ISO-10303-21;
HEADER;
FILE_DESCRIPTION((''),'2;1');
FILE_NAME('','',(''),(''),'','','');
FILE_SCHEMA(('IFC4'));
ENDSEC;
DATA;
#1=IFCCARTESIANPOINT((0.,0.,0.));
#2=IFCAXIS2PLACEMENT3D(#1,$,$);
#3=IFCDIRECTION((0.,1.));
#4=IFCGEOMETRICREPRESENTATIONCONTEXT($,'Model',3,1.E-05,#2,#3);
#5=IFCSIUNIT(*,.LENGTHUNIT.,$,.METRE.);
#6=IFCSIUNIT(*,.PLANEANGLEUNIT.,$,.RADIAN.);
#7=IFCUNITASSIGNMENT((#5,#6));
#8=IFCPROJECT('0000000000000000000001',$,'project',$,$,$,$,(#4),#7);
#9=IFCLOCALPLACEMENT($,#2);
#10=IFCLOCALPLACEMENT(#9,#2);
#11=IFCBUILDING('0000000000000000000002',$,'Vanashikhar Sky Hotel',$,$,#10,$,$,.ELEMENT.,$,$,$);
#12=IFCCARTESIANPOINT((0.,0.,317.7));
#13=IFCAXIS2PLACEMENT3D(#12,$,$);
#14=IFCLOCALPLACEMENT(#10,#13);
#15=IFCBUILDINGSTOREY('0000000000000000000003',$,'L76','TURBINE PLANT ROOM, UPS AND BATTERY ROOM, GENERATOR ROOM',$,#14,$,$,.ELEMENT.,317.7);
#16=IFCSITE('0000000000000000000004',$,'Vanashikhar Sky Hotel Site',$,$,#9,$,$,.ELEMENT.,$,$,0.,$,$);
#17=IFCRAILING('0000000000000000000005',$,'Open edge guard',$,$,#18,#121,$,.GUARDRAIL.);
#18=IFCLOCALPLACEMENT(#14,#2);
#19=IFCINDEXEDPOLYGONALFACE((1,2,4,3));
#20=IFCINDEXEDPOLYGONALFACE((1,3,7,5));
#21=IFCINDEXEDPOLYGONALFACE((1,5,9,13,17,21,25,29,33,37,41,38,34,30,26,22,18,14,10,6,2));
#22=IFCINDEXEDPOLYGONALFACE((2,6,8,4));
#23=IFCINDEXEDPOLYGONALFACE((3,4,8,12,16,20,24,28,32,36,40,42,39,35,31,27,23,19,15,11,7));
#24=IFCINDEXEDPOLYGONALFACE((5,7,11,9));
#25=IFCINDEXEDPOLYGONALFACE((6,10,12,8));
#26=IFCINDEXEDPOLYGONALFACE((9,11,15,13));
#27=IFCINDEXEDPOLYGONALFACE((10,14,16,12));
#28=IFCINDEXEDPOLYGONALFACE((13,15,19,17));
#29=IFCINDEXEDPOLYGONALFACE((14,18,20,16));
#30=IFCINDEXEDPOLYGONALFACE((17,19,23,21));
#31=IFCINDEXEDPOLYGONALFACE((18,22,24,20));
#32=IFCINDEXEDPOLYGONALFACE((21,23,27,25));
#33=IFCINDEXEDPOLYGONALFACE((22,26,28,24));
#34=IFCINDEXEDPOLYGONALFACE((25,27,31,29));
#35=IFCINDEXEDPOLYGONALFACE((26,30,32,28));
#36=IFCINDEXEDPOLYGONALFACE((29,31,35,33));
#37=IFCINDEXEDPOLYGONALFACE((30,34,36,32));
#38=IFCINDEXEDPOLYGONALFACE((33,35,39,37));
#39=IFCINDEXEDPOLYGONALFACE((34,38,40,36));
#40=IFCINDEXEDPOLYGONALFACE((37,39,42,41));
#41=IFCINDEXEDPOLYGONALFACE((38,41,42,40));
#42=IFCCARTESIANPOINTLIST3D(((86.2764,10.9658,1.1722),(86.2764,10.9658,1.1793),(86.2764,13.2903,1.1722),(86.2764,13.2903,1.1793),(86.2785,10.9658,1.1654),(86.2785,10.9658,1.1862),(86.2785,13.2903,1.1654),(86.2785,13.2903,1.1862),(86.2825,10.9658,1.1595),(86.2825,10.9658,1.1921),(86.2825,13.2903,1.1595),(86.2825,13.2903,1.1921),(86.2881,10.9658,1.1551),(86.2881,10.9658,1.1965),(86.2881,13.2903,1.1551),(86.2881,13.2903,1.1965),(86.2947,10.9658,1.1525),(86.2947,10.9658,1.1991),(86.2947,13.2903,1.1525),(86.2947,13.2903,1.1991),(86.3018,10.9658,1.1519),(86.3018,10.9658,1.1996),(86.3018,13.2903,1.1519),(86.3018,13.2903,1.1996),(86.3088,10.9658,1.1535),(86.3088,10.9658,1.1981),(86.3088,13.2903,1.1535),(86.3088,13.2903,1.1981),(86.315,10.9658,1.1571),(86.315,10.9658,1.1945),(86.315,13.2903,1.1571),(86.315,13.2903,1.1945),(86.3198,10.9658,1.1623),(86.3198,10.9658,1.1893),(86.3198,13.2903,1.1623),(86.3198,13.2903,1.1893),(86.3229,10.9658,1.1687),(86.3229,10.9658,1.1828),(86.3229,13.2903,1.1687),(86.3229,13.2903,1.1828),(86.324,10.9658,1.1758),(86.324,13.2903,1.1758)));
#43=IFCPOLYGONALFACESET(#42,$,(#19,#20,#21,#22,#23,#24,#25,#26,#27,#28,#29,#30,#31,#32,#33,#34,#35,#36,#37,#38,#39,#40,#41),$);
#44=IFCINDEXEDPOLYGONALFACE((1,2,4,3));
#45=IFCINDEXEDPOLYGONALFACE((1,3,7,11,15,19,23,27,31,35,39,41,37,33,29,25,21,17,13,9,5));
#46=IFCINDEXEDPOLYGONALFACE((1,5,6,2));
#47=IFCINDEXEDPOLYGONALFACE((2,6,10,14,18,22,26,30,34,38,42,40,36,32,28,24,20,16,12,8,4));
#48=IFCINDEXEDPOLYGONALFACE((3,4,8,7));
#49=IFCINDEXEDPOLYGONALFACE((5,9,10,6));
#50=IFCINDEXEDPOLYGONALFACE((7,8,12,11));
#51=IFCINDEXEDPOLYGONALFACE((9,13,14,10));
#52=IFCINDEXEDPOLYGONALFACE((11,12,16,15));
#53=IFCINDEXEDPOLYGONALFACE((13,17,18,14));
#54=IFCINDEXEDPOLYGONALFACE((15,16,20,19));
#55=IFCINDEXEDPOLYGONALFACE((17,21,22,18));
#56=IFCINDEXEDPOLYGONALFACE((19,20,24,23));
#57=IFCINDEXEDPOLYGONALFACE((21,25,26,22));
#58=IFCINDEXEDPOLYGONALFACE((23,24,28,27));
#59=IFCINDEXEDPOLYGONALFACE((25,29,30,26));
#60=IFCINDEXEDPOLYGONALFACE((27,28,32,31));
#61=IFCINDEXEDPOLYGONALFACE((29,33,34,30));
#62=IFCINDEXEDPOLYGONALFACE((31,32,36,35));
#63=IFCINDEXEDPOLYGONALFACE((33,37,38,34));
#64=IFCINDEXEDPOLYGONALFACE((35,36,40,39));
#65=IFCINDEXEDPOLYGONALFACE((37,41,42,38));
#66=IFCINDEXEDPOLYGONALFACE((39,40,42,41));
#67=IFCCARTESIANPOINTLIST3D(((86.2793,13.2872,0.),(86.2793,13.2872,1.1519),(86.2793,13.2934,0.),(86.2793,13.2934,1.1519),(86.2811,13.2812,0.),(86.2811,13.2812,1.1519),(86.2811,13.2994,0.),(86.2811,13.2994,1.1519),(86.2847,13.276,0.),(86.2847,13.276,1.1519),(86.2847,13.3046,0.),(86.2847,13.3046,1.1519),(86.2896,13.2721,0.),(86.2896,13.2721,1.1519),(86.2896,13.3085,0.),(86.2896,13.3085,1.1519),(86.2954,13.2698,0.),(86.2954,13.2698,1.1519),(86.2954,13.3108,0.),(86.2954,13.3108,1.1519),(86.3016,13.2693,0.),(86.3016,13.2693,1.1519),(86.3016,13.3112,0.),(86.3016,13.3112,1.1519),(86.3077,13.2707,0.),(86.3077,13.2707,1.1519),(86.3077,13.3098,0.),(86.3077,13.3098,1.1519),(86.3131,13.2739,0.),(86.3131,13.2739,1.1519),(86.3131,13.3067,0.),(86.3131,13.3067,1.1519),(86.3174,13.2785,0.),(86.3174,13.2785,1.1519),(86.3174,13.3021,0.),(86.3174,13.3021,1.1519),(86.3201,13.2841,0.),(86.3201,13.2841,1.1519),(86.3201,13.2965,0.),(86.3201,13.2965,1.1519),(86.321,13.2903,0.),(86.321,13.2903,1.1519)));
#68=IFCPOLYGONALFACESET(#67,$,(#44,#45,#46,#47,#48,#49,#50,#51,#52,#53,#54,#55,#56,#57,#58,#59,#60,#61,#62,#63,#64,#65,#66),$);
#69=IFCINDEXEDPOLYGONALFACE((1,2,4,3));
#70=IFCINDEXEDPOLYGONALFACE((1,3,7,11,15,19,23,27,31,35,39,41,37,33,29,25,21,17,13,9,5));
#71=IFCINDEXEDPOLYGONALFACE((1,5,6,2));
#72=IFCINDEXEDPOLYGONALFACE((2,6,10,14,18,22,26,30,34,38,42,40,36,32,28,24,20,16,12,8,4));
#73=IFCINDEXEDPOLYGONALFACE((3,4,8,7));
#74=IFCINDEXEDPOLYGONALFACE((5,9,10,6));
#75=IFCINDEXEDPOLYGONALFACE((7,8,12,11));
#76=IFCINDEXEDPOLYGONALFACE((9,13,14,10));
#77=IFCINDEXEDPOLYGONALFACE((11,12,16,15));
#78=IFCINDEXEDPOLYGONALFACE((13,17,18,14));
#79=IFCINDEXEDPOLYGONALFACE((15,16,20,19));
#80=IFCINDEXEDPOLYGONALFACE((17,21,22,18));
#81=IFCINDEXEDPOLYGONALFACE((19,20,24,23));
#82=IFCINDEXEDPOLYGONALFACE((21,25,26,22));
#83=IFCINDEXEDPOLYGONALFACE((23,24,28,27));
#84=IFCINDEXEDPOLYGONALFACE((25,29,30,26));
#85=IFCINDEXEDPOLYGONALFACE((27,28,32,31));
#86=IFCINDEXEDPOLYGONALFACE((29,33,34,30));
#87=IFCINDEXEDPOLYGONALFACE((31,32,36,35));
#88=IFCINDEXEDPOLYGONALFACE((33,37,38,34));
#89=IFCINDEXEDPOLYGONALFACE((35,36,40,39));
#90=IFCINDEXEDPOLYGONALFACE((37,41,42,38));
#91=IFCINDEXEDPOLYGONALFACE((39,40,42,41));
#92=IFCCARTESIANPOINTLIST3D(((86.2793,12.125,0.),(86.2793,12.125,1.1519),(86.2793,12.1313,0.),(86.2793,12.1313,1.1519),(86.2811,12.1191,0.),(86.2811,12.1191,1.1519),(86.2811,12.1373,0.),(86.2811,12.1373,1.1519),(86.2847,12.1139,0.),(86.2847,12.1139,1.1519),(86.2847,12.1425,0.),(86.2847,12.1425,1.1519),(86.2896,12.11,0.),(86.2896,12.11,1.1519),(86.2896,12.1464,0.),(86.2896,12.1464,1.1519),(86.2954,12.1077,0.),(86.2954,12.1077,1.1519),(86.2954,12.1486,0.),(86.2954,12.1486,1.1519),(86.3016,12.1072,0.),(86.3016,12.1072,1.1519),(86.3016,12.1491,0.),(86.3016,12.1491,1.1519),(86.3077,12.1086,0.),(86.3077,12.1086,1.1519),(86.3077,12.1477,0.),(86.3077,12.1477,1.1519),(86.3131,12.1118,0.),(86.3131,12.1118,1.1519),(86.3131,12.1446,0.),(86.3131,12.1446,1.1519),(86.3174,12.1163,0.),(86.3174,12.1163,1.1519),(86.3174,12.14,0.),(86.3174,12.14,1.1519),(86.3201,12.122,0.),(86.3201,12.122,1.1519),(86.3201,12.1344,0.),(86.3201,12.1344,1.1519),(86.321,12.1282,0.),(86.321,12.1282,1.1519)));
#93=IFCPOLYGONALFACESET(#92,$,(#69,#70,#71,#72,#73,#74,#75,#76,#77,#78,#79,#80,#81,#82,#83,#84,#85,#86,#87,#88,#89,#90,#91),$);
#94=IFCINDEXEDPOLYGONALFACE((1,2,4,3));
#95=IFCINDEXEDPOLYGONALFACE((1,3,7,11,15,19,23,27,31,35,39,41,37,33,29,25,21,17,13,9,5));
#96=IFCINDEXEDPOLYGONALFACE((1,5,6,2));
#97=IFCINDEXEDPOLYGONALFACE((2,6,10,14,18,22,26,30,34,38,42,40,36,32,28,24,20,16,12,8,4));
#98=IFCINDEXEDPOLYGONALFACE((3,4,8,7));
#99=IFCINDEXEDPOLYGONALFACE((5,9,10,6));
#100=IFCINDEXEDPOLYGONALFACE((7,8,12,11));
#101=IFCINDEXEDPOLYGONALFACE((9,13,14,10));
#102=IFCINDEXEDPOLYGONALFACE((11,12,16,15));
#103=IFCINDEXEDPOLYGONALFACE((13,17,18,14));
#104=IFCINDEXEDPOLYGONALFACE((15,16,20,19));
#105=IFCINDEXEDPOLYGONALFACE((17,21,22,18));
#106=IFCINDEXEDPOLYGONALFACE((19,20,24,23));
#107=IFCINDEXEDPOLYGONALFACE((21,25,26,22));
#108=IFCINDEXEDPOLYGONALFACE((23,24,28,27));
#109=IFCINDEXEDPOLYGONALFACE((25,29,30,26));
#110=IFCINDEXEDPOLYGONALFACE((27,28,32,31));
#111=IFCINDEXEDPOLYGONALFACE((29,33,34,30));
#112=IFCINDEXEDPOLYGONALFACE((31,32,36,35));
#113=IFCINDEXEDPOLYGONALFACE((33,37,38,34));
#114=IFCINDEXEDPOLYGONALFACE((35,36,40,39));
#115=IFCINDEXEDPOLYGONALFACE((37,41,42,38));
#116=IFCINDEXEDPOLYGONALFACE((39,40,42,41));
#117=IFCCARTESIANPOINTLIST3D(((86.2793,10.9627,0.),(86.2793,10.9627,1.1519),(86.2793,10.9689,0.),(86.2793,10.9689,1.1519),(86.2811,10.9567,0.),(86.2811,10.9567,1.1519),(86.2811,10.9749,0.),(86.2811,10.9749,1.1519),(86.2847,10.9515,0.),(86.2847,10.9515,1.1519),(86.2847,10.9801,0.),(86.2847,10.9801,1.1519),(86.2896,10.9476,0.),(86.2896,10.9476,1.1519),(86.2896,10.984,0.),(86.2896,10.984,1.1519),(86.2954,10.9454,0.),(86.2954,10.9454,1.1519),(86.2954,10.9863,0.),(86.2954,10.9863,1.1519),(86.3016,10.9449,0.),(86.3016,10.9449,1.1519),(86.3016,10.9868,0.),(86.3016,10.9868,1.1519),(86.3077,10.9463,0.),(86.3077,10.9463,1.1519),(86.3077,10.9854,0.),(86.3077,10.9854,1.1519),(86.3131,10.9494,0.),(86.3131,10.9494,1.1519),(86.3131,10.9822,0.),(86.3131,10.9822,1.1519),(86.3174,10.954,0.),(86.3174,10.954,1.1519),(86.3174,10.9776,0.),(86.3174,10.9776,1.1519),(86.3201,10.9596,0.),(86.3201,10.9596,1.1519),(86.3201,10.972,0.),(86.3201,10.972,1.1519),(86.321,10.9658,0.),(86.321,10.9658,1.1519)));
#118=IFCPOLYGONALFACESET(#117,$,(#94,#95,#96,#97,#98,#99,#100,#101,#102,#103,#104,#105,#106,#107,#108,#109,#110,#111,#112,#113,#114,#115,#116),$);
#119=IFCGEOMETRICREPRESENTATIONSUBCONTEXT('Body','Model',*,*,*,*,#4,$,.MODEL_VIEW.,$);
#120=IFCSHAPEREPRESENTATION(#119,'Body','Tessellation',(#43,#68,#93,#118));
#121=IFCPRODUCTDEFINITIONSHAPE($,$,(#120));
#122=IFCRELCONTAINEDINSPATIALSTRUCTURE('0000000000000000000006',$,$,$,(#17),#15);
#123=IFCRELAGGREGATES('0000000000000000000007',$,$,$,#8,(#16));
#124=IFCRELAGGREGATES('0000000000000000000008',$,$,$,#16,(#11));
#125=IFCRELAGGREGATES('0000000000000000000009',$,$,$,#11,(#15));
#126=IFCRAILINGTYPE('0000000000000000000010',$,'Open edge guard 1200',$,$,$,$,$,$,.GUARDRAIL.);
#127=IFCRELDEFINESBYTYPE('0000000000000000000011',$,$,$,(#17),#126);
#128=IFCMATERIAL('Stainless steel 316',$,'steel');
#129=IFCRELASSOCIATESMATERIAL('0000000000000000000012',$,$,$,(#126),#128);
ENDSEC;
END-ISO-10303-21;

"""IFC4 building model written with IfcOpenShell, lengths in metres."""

from ifc_helpers import new_model, si_unit, direction, frame, origin, origin_2d, place, context, subcontext, project, spatial, circle, extrude, source, transform, mapped, material, type_object, element, save


model = new_model("IFC4")

# Units and contexts
model_context = context("Model", 3, precision=1e-05, world=origin(), true_north=direction((0.0, 1.0)))
body_context = subcontext(model_context, "Body", "Model", "MODEL_VIEW")
ifc_project = project(units=[si_unit("LENGTHUNIT", "METRE"), si_unit("PLANEANGLEUNIT", "RADIAN")], contexts=[model_context])

# Site, building, storey
site_placement = place(None, origin())
site = spatial("IfcSite", under=ifc_project, at=site_placement, Name="Vanashikhar Sky Hotel Site", CompositionType="ELEMENT", RefElevation=0.0)
building_placement = place(site_placement, origin())
building = spatial("IfcBuilding", under=site, at=building_placement, Name="Vanashikhar Sky Hotel", CompositionType="ELEMENT")
storey_placement = place(building_placement, frame((0.0, 0.0, 317.7)))
storey = spatial("IfcBuildingStorey", under=building, at=storey_placement, Name="L76", Description="TURBINE PLANT ROOM, UPS AND BATTERY ROOM, GENERATOR ROOM", CompositionType="ELEMENT", Elevation=317.7)

# Railing
ifc_material_1 = material(Name="Stainless steel 316", Category="steel")
railing_type_1 = type_object("IfcRailingType", Name="Open edge guard 1200", PredefinedType="GUARDRAIL", material=ifc_material_1)
shared_shape_1 = source(origin(), body_context, "Body", "SweptSolid", [
    extrude(circle(Radius=0.0239, at=origin_2d()), frame((0.0, 0.0, 1.1758), z_axis=(0.0, -1.0, 0.0), x_axis=(1.0, 0.0, 0.0)), (0.0, 0.0, 1.0), 2.3245),
    extrude(circle(Radius=0.021, at=origin_2d()), origin(), (0.0, 0.0, 1.0), 1.1519),
    extrude(circle(Radius=0.021, at=origin_2d()), frame((0.0, -1.1621, 0.0)), (0.0, 0.0, 1.0), 1.1519),
    extrude(circle(Radius=0.021, at=origin_2d()), frame((0.0, -2.3245, 0.0)), (0.0, 0.0, 1.0), 1.1519),
])
for number, where, name in (
    (1, (86.3, 13.2903, 0.0), "Open edge guard"),
):
    element("IfcRailing", number, at=place(storey_placement, frame(where)), inside=storey, type_object=railing_type_1, Name=name, PredefinedType="GUARDRAIL", context=body_context, shape_type="MappedRepresentation", body=[
        mapped(shared_shape_1, transform((0.0, 0.0, 0.0), scale=1.0)),
    ])

save(model, "model.ifc")
